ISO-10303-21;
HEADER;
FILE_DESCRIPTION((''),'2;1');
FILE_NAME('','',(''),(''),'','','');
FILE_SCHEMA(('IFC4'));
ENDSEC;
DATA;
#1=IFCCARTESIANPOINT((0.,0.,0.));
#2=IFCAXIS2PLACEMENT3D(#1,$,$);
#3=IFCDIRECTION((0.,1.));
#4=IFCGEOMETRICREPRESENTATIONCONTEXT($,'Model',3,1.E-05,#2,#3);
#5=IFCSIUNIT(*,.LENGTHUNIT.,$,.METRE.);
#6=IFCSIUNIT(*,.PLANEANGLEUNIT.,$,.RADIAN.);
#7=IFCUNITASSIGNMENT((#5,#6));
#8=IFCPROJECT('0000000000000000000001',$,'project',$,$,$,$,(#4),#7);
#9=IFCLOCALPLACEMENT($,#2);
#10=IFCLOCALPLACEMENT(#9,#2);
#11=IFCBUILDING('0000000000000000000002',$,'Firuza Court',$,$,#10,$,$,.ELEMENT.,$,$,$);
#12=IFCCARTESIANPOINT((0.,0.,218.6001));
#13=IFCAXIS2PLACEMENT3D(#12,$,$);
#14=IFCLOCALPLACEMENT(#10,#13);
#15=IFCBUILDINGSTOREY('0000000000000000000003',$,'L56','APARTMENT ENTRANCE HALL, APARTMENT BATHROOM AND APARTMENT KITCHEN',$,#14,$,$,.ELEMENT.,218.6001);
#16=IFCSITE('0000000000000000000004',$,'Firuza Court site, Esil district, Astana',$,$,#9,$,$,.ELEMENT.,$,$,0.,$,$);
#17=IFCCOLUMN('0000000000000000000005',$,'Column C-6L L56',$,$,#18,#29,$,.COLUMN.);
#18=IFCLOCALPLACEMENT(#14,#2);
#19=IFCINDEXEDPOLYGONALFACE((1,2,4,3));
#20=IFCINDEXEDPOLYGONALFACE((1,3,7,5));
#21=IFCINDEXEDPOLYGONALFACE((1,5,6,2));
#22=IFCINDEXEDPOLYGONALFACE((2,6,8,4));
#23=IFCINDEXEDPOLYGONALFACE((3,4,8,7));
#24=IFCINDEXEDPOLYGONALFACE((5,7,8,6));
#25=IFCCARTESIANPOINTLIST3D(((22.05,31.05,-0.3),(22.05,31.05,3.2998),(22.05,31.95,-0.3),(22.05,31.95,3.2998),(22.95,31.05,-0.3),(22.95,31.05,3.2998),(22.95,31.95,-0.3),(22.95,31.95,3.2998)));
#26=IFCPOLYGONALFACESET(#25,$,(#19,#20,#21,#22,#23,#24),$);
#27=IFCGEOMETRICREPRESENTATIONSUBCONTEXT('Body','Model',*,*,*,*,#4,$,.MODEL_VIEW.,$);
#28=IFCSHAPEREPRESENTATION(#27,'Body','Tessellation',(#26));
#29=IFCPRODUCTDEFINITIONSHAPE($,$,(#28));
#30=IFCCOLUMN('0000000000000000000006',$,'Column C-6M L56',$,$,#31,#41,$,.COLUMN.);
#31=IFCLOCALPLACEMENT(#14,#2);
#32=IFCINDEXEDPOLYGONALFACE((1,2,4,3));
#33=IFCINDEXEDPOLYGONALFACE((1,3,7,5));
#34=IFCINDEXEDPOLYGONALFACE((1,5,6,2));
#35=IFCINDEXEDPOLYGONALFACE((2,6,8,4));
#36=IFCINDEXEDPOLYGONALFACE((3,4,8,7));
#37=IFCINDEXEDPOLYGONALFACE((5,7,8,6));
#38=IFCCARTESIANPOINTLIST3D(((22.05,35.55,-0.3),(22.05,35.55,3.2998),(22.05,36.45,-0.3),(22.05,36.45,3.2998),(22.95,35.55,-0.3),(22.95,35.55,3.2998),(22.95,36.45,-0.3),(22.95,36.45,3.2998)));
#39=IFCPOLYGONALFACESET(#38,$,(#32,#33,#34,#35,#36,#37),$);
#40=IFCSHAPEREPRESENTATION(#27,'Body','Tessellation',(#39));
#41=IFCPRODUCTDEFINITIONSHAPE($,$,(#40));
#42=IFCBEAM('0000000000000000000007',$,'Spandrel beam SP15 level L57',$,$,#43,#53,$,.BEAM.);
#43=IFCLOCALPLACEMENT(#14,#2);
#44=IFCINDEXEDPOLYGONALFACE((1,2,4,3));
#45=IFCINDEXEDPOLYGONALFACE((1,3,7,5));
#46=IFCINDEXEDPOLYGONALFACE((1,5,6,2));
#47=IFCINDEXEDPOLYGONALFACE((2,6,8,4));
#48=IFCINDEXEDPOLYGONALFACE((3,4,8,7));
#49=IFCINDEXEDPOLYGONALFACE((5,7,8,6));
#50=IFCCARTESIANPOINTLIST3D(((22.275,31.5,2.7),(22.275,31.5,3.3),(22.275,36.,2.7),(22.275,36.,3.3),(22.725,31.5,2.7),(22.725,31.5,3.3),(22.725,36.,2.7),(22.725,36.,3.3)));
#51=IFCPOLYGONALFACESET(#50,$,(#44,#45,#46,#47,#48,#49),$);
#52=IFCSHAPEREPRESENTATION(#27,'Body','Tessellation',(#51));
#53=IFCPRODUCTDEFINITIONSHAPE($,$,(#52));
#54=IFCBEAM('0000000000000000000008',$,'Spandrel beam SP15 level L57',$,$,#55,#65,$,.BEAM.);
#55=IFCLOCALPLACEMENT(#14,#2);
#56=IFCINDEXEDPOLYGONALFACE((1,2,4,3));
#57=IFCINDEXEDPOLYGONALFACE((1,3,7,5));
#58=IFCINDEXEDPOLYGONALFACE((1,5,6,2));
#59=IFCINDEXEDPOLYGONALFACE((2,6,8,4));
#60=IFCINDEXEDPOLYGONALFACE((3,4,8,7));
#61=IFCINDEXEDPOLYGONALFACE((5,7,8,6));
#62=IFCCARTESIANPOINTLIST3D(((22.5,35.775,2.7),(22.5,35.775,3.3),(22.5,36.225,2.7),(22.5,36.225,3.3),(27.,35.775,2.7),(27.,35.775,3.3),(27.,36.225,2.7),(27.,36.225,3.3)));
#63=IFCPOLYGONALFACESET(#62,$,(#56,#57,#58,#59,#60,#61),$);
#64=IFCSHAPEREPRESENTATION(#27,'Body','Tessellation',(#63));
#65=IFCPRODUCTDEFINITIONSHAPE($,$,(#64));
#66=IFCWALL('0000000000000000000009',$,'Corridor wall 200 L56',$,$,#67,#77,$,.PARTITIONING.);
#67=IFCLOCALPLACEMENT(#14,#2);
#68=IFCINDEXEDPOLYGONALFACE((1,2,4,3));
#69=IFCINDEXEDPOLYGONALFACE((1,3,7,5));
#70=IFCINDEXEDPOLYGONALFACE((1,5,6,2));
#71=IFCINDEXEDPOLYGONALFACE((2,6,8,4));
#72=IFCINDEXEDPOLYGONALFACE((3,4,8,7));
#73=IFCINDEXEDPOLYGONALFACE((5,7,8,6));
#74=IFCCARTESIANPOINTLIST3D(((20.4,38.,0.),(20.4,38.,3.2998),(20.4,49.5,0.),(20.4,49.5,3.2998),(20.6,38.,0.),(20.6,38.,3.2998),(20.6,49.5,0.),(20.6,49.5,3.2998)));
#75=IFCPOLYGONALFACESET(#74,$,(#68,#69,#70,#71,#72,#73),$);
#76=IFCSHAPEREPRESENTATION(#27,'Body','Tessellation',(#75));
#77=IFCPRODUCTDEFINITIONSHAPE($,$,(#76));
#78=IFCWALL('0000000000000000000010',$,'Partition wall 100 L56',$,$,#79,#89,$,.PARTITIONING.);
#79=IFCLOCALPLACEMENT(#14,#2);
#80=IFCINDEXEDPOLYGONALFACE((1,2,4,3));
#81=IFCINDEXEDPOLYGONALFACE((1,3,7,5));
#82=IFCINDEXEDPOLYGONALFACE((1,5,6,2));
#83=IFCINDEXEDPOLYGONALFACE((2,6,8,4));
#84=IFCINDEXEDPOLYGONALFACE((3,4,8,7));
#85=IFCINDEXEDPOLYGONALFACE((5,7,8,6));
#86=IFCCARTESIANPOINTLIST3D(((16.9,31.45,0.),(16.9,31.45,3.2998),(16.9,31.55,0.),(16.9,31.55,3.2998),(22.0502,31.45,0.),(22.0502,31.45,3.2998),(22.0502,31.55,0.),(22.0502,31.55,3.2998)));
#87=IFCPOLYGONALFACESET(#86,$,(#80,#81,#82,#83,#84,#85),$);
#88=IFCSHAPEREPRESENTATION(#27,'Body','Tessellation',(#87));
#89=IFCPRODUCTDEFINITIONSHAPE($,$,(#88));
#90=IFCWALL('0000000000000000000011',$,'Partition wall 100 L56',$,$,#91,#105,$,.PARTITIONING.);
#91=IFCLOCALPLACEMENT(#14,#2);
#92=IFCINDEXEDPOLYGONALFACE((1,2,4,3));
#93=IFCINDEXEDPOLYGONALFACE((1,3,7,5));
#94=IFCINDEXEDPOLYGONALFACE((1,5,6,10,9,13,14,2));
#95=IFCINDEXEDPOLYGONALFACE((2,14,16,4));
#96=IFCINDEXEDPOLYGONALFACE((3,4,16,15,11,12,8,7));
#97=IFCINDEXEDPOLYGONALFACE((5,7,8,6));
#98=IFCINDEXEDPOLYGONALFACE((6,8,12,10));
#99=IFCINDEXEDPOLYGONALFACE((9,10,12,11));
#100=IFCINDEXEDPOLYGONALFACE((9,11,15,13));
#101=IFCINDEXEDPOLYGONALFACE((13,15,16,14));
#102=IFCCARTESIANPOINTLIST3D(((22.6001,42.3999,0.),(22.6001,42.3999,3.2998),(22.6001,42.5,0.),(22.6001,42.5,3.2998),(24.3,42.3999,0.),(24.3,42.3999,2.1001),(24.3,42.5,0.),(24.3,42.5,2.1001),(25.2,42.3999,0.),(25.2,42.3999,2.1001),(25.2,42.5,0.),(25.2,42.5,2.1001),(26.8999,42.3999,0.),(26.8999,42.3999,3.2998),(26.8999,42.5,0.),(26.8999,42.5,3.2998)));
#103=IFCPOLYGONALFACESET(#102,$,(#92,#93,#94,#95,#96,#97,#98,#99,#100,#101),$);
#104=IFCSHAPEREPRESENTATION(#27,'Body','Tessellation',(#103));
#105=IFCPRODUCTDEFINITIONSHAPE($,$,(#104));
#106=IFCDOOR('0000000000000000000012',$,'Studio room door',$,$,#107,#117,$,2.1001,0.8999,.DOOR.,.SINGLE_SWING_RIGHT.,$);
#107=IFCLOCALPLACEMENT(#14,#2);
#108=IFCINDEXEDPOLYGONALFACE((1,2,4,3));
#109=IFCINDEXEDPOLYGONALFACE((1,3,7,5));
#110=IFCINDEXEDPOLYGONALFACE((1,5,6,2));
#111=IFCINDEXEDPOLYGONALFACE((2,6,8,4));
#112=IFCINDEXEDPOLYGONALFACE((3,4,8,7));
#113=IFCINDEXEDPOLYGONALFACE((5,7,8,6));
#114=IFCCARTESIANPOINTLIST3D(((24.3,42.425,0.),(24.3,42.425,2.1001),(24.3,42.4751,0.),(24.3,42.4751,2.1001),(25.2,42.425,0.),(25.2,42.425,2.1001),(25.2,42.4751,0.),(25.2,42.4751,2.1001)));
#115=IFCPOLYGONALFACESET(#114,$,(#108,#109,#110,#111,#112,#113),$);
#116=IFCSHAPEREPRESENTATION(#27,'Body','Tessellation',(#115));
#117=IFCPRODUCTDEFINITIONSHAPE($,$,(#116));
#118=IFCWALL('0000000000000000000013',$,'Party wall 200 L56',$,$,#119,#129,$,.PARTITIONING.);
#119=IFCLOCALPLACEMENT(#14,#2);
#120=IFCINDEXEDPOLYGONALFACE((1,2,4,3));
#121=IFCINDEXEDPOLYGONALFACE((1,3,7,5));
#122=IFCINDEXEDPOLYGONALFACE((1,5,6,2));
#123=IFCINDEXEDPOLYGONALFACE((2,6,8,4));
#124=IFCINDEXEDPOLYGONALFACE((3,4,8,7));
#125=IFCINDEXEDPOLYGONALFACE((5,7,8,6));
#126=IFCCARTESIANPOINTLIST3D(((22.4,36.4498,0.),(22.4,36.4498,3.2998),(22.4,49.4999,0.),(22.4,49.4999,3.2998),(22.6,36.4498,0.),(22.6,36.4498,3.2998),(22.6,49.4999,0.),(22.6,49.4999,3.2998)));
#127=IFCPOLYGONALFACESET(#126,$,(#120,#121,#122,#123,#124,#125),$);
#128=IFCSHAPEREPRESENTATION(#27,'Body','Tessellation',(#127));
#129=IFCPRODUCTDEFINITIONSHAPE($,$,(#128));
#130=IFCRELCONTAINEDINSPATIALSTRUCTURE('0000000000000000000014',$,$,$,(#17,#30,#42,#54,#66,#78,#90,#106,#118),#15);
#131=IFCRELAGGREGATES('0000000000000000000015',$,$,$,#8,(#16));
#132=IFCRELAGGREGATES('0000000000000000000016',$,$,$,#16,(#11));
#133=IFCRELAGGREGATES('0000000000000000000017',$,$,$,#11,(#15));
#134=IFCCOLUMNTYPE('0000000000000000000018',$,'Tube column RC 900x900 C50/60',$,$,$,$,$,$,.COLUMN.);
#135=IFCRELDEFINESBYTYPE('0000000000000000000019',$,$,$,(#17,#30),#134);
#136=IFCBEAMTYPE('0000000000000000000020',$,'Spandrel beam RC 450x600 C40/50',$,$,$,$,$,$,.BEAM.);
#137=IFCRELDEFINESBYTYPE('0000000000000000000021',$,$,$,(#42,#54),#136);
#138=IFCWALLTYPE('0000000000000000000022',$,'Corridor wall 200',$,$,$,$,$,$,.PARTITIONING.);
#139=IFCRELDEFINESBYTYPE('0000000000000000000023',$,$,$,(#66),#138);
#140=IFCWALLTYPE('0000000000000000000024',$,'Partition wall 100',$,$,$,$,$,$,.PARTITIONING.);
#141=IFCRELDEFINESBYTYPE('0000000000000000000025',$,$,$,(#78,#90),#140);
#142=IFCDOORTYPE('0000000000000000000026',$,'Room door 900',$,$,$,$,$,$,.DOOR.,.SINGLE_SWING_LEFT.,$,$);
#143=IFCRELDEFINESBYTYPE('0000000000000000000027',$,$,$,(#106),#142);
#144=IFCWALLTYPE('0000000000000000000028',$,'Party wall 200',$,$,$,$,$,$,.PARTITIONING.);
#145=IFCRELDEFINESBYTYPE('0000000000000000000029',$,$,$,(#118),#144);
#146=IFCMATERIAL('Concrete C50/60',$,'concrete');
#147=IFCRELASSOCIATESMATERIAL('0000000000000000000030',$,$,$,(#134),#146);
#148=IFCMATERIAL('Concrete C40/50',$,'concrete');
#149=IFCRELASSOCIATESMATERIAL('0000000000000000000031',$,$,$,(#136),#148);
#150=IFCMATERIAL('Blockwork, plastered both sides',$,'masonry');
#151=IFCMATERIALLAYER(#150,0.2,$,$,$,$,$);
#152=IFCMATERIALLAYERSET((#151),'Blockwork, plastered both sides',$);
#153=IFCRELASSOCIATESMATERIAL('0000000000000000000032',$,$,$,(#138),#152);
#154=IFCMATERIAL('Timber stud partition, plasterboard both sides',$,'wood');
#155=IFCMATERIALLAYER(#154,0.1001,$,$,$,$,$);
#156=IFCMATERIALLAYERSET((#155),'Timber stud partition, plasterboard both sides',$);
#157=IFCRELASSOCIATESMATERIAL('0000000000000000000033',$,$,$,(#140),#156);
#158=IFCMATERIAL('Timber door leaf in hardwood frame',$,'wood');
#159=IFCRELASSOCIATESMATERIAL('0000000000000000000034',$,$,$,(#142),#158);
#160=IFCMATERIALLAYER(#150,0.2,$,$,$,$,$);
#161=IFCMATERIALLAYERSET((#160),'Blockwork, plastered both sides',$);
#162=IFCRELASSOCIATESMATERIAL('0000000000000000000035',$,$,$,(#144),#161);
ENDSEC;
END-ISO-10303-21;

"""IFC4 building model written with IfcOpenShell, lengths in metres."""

from ifc_helpers import new_model, si_unit, direction, frame, frame_2d, origin, origin_2d, place, context, subcontext, project, spatial, rectangle, extrude, material, layer, layer_set, material_profile, profile_set, type_object, element, fill, save


model = new_model("IFC4")

# Units and contexts
model_context = context("Model", 3, precision=1e-05, world=origin(), true_north=direction((0.0, 1.0)))
body_context = subcontext(model_context, "Body", "Model", "MODEL_VIEW")
ifc_project = project(units=[si_unit("LENGTHUNIT", "METRE"), si_unit("PLANEANGLEUNIT", "RADIAN")], contexts=[model_context])

# Site, building, storey
site_placement = place(None, origin())
site = spatial("IfcSite", under=ifc_project, at=site_placement, Name="Firuza Court site, Esil district, Astana", CompositionType="ELEMENT", RefElevation=0.0)
building_placement = place(site_placement, origin())
building = spatial("IfcBuilding", under=site, at=building_placement, Name="Firuza Court", CompositionType="ELEMENT")
storey_placement = place(building_placement, frame((0.0, 0.0, 218.6001)))
storey = spatial("IfcBuildingStorey", under=building, at=storey_placement, Name="L56", Description="APARTMENT ENTRANCE HALL, APARTMENT BATHROOM AND APARTMENT KITCHEN", CompositionType="ELEMENT", Elevation=218.6001)

# Columns
ifc_material_1 = material(Name="Concrete C50/60", Category="concrete")
ifc_material_profile_1 = material_profile(ifc_material_1, rectangle(XDim=0.8999, YDim=0.8999, at=origin_2d()), Name="RC 900x900")
ifc_profile_set_1 = profile_set([ifc_material_profile_1], Name="Concrete C50/60")
column_type = type_object("IfcColumnType", Name="Tube column RC 900x900 C50/60", PredefinedType="COLUMN", material=ifc_profile_set_1)
for number, where, z_axis, x_axis, name in (
    (1, (22.5, 31.5, -0.3), (0.0, 0.0, 1.0), (1.0, 0.0, 0.0), "Column C-6L L56"),
    (2, (22.5, 36.0, -0.3), (0.0, 0.0, 1.0), (1.0, 0.0, 0.0), "Column C-6M L56"),
):
    element("IfcColumn", number, at=place(storey_placement, frame(where, z_axis=z_axis, x_axis=x_axis)), inside=storey, type_object=column_type, Name=name, PredefinedType="COLUMN", context=body_context, shape_type="SweptSolid", body=[
        extrude(rectangle(XDim=0.8999, YDim=0.8999, at=origin_2d()), origin(), (0.0, 0.0, 1.0), 3.5999),
    ])

# Beams
ifc_material_2 = material(Name="Concrete C40/50", Category="concrete")
ifc_material_profile_2 = material_profile(ifc_material_2, rectangle(XDim=0.45, YDim=0.6001, at=origin_2d()), Name="RC 450x600")
ifc_profile_set_2 = profile_set([ifc_material_profile_2], Name="Concrete C40/50")
beam_type = type_object("IfcBeamType", Name="Spandrel beam RC 450x600 C40/50", PredefinedType="BEAM", material=ifc_profile_set_2)
for number, where, z_axis, x_axis, name in (
    (3, (22.5, 31.5, 3.0), (0.0, 1.0, 0.0), (-1.0, 0.0, 0.0), "Spandrel beam SP15 level L57"),
    (4, (22.5, 36.0, 3.0), (1.0, 0.0, 0.0), (0.0, 1.0, 0.0), "Spandrel beam SP15 level L57"),
):
    element("IfcBeam", number, at=place(storey_placement, frame(where, z_axis=z_axis, x_axis=x_axis)), inside=storey, type_object=beam_type, Name=name, PredefinedType="BEAM", context=body_context, shape_type="SweptSolid", body=[
        extrude(rectangle(XDim=0.45, YDim=0.6001, at=origin_2d()), origin(), (0.0, 0.0, 1.0), 4.5),
    ])

# Walls
ifc_material_3 = material(Name="Blockwork, plastered both sides", Category="masonry")
ifc_layer_1 = layer(ifc_material_3, 0.2)
ifc_layer_set_1 = layer_set([ifc_layer_1], Name="Blockwork, plastered both sides")
wall_type_1 = type_object("IfcWallType", Name="Corridor wall 200", PredefinedType="PARTITIONING", material=ifc_layer_set_1)
wall_1_placement = place(storey_placement, frame((20.5, 38.0, 0.0), z_axis=(0.0, 0.0, 1.0), x_axis=(0.0, 1.0, 0.0)))
element("IfcWall", 5, at=wall_1_placement, inside=storey, type_object=wall_type_1, Name="Corridor wall 200 L56", PredefinedType="PARTITIONING", context=body_context, shape_type="SweptSolid", body=[
    extrude(rectangle(XDim=11.5, YDim=0.2, at=frame_2d((5.75, 0.0))), origin(), (0.0, 0.0, 1.0), 3.2998),
])
ifc_material_4 = material(Name="Timber stud partition, plasterboard both sides", Category="wood")
ifc_layer_2 = layer(ifc_material_4, 0.1001)
ifc_layer_set_2 = layer_set([ifc_layer_2], Name="Timber stud partition, plasterboard both sides")
wall_type_2 = type_object("IfcWallType", Name="Partition wall 100", PredefinedType="PARTITIONING", material=ifc_layer_set_2)
wall_2_placement = place(storey_placement, frame((16.8999, 31.5, 0.0), z_axis=(0.0, 0.0, 1.0), x_axis=(1.0, 0.0, 0.0)))
element("IfcWall", 6, at=wall_2_placement, inside=storey, type_object=wall_type_2, Name="Partition wall 100 L56", PredefinedType="PARTITIONING", context=body_context, shape_type="SweptSolid", body=[
    extrude(rectangle(XDim=5.1501, YDim=0.1001, at=frame_2d((2.5752, 0.0))), origin(), (0.0, 0.0, 1.0), 3.2998),
])

# Wall, opening, door
wall_3_placement = place(storey_placement, frame((22.6001, 42.45, 0.0), z_axis=(0.0, 0.0, 1.0), x_axis=(1.0, 0.0, 0.0)))
wall_3 = element("IfcWall", 7, at=wall_3_placement, inside=storey, type_object=wall_type_2, Name="Partition wall 100 L56", PredefinedType="PARTITIONING", context=body_context, shape_type="SweptSolid", body=[
    extrude(rectangle(XDim=4.2998, YDim=0.1001, at=frame_2d((2.1499, 0.0))), origin(), (0.0, 0.0, 1.0), 3.2998),
])
opening_1_placement = place(wall_3_placement, frame((1.7, 0.0, 0.0)))
opening_1 = element("IfcOpeningElement", 8, at=opening_1_placement, cuts=wall_3, PredefinedType="OPENING", context=body_context, shape_type="SweptSolid", body=[
    extrude(rectangle(XDim=0.8999, YDim=2.1001, at=frame_2d((0.45, 1.05))), frame((0.0, 0.062, 0.0), z_axis=(0.0, -1.0, 0.0), x_axis=(1.0, 0.0, 0.0)), (0.0, 0.0, 1.0), 0.124),
])
ifc_material_5 = material(Name="Timber door leaf in hardwood frame", Category="wood")
door_type = type_object("IfcDoorType", Name="Room door 900", OperationType="SINGLE_SWING_LEFT", PredefinedType="DOOR", material=ifc_material_5)
door_placement = place(opening_1_placement, frame((0.8999, 0.0, 0.0), z_axis=(0.0, 0.0, 1.0), x_axis=(-1.0, 0.0, 0.0)))
door = element("IfcDoor", 9, at=door_placement, inside=storey, type_object=door_type, Name="Studio room door", OperationType="SINGLE_SWING_RIGHT", OverallHeight=2.1001, OverallWidth=0.8999, PredefinedType="DOOR", context=body_context, shape_type="SweptSolid", body=[
    extrude(rectangle(XDim=0.8999, YDim=2.1001, at=frame_2d((0.45, 1.05))), frame((0.0, 0.0249, 0.0), z_axis=(0.0, -1.0, 0.0), x_axis=(1.0, 0.0, 0.0)), (0.0, 0.0, 1.0), 0.05),
])
fill(opening_1, door)

# Wall
ifc_layer_3 = layer(ifc_material_3, 0.2)
ifc_layer_set_3 = layer_set([ifc_layer_3], Name="Blockwork, plastered both sides")
wall_type_3 = type_object("IfcWallType", Name="Party wall 200", PredefinedType="PARTITIONING", material=ifc_layer_set_3)
wall_4_placement = place(storey_placement, frame((22.5, 36.45, 0.0), z_axis=(0.0, 0.0, 1.0), x_axis=(0.0, 1.0, 0.0)))
element("IfcWall", 10, at=wall_4_placement, inside=storey, type_object=wall_type_3, Name="Party wall 200 L56", PredefinedType="PARTITIONING", context=body_context, shape_type="SweptSolid", body=[
    extrude(rectangle(XDim=13.05, YDim=0.2, at=frame_2d((6.5249, 0.0))), origin(), (0.0, 0.0, 1.0), 3.2998),
])

save(model, "model.ifc")
